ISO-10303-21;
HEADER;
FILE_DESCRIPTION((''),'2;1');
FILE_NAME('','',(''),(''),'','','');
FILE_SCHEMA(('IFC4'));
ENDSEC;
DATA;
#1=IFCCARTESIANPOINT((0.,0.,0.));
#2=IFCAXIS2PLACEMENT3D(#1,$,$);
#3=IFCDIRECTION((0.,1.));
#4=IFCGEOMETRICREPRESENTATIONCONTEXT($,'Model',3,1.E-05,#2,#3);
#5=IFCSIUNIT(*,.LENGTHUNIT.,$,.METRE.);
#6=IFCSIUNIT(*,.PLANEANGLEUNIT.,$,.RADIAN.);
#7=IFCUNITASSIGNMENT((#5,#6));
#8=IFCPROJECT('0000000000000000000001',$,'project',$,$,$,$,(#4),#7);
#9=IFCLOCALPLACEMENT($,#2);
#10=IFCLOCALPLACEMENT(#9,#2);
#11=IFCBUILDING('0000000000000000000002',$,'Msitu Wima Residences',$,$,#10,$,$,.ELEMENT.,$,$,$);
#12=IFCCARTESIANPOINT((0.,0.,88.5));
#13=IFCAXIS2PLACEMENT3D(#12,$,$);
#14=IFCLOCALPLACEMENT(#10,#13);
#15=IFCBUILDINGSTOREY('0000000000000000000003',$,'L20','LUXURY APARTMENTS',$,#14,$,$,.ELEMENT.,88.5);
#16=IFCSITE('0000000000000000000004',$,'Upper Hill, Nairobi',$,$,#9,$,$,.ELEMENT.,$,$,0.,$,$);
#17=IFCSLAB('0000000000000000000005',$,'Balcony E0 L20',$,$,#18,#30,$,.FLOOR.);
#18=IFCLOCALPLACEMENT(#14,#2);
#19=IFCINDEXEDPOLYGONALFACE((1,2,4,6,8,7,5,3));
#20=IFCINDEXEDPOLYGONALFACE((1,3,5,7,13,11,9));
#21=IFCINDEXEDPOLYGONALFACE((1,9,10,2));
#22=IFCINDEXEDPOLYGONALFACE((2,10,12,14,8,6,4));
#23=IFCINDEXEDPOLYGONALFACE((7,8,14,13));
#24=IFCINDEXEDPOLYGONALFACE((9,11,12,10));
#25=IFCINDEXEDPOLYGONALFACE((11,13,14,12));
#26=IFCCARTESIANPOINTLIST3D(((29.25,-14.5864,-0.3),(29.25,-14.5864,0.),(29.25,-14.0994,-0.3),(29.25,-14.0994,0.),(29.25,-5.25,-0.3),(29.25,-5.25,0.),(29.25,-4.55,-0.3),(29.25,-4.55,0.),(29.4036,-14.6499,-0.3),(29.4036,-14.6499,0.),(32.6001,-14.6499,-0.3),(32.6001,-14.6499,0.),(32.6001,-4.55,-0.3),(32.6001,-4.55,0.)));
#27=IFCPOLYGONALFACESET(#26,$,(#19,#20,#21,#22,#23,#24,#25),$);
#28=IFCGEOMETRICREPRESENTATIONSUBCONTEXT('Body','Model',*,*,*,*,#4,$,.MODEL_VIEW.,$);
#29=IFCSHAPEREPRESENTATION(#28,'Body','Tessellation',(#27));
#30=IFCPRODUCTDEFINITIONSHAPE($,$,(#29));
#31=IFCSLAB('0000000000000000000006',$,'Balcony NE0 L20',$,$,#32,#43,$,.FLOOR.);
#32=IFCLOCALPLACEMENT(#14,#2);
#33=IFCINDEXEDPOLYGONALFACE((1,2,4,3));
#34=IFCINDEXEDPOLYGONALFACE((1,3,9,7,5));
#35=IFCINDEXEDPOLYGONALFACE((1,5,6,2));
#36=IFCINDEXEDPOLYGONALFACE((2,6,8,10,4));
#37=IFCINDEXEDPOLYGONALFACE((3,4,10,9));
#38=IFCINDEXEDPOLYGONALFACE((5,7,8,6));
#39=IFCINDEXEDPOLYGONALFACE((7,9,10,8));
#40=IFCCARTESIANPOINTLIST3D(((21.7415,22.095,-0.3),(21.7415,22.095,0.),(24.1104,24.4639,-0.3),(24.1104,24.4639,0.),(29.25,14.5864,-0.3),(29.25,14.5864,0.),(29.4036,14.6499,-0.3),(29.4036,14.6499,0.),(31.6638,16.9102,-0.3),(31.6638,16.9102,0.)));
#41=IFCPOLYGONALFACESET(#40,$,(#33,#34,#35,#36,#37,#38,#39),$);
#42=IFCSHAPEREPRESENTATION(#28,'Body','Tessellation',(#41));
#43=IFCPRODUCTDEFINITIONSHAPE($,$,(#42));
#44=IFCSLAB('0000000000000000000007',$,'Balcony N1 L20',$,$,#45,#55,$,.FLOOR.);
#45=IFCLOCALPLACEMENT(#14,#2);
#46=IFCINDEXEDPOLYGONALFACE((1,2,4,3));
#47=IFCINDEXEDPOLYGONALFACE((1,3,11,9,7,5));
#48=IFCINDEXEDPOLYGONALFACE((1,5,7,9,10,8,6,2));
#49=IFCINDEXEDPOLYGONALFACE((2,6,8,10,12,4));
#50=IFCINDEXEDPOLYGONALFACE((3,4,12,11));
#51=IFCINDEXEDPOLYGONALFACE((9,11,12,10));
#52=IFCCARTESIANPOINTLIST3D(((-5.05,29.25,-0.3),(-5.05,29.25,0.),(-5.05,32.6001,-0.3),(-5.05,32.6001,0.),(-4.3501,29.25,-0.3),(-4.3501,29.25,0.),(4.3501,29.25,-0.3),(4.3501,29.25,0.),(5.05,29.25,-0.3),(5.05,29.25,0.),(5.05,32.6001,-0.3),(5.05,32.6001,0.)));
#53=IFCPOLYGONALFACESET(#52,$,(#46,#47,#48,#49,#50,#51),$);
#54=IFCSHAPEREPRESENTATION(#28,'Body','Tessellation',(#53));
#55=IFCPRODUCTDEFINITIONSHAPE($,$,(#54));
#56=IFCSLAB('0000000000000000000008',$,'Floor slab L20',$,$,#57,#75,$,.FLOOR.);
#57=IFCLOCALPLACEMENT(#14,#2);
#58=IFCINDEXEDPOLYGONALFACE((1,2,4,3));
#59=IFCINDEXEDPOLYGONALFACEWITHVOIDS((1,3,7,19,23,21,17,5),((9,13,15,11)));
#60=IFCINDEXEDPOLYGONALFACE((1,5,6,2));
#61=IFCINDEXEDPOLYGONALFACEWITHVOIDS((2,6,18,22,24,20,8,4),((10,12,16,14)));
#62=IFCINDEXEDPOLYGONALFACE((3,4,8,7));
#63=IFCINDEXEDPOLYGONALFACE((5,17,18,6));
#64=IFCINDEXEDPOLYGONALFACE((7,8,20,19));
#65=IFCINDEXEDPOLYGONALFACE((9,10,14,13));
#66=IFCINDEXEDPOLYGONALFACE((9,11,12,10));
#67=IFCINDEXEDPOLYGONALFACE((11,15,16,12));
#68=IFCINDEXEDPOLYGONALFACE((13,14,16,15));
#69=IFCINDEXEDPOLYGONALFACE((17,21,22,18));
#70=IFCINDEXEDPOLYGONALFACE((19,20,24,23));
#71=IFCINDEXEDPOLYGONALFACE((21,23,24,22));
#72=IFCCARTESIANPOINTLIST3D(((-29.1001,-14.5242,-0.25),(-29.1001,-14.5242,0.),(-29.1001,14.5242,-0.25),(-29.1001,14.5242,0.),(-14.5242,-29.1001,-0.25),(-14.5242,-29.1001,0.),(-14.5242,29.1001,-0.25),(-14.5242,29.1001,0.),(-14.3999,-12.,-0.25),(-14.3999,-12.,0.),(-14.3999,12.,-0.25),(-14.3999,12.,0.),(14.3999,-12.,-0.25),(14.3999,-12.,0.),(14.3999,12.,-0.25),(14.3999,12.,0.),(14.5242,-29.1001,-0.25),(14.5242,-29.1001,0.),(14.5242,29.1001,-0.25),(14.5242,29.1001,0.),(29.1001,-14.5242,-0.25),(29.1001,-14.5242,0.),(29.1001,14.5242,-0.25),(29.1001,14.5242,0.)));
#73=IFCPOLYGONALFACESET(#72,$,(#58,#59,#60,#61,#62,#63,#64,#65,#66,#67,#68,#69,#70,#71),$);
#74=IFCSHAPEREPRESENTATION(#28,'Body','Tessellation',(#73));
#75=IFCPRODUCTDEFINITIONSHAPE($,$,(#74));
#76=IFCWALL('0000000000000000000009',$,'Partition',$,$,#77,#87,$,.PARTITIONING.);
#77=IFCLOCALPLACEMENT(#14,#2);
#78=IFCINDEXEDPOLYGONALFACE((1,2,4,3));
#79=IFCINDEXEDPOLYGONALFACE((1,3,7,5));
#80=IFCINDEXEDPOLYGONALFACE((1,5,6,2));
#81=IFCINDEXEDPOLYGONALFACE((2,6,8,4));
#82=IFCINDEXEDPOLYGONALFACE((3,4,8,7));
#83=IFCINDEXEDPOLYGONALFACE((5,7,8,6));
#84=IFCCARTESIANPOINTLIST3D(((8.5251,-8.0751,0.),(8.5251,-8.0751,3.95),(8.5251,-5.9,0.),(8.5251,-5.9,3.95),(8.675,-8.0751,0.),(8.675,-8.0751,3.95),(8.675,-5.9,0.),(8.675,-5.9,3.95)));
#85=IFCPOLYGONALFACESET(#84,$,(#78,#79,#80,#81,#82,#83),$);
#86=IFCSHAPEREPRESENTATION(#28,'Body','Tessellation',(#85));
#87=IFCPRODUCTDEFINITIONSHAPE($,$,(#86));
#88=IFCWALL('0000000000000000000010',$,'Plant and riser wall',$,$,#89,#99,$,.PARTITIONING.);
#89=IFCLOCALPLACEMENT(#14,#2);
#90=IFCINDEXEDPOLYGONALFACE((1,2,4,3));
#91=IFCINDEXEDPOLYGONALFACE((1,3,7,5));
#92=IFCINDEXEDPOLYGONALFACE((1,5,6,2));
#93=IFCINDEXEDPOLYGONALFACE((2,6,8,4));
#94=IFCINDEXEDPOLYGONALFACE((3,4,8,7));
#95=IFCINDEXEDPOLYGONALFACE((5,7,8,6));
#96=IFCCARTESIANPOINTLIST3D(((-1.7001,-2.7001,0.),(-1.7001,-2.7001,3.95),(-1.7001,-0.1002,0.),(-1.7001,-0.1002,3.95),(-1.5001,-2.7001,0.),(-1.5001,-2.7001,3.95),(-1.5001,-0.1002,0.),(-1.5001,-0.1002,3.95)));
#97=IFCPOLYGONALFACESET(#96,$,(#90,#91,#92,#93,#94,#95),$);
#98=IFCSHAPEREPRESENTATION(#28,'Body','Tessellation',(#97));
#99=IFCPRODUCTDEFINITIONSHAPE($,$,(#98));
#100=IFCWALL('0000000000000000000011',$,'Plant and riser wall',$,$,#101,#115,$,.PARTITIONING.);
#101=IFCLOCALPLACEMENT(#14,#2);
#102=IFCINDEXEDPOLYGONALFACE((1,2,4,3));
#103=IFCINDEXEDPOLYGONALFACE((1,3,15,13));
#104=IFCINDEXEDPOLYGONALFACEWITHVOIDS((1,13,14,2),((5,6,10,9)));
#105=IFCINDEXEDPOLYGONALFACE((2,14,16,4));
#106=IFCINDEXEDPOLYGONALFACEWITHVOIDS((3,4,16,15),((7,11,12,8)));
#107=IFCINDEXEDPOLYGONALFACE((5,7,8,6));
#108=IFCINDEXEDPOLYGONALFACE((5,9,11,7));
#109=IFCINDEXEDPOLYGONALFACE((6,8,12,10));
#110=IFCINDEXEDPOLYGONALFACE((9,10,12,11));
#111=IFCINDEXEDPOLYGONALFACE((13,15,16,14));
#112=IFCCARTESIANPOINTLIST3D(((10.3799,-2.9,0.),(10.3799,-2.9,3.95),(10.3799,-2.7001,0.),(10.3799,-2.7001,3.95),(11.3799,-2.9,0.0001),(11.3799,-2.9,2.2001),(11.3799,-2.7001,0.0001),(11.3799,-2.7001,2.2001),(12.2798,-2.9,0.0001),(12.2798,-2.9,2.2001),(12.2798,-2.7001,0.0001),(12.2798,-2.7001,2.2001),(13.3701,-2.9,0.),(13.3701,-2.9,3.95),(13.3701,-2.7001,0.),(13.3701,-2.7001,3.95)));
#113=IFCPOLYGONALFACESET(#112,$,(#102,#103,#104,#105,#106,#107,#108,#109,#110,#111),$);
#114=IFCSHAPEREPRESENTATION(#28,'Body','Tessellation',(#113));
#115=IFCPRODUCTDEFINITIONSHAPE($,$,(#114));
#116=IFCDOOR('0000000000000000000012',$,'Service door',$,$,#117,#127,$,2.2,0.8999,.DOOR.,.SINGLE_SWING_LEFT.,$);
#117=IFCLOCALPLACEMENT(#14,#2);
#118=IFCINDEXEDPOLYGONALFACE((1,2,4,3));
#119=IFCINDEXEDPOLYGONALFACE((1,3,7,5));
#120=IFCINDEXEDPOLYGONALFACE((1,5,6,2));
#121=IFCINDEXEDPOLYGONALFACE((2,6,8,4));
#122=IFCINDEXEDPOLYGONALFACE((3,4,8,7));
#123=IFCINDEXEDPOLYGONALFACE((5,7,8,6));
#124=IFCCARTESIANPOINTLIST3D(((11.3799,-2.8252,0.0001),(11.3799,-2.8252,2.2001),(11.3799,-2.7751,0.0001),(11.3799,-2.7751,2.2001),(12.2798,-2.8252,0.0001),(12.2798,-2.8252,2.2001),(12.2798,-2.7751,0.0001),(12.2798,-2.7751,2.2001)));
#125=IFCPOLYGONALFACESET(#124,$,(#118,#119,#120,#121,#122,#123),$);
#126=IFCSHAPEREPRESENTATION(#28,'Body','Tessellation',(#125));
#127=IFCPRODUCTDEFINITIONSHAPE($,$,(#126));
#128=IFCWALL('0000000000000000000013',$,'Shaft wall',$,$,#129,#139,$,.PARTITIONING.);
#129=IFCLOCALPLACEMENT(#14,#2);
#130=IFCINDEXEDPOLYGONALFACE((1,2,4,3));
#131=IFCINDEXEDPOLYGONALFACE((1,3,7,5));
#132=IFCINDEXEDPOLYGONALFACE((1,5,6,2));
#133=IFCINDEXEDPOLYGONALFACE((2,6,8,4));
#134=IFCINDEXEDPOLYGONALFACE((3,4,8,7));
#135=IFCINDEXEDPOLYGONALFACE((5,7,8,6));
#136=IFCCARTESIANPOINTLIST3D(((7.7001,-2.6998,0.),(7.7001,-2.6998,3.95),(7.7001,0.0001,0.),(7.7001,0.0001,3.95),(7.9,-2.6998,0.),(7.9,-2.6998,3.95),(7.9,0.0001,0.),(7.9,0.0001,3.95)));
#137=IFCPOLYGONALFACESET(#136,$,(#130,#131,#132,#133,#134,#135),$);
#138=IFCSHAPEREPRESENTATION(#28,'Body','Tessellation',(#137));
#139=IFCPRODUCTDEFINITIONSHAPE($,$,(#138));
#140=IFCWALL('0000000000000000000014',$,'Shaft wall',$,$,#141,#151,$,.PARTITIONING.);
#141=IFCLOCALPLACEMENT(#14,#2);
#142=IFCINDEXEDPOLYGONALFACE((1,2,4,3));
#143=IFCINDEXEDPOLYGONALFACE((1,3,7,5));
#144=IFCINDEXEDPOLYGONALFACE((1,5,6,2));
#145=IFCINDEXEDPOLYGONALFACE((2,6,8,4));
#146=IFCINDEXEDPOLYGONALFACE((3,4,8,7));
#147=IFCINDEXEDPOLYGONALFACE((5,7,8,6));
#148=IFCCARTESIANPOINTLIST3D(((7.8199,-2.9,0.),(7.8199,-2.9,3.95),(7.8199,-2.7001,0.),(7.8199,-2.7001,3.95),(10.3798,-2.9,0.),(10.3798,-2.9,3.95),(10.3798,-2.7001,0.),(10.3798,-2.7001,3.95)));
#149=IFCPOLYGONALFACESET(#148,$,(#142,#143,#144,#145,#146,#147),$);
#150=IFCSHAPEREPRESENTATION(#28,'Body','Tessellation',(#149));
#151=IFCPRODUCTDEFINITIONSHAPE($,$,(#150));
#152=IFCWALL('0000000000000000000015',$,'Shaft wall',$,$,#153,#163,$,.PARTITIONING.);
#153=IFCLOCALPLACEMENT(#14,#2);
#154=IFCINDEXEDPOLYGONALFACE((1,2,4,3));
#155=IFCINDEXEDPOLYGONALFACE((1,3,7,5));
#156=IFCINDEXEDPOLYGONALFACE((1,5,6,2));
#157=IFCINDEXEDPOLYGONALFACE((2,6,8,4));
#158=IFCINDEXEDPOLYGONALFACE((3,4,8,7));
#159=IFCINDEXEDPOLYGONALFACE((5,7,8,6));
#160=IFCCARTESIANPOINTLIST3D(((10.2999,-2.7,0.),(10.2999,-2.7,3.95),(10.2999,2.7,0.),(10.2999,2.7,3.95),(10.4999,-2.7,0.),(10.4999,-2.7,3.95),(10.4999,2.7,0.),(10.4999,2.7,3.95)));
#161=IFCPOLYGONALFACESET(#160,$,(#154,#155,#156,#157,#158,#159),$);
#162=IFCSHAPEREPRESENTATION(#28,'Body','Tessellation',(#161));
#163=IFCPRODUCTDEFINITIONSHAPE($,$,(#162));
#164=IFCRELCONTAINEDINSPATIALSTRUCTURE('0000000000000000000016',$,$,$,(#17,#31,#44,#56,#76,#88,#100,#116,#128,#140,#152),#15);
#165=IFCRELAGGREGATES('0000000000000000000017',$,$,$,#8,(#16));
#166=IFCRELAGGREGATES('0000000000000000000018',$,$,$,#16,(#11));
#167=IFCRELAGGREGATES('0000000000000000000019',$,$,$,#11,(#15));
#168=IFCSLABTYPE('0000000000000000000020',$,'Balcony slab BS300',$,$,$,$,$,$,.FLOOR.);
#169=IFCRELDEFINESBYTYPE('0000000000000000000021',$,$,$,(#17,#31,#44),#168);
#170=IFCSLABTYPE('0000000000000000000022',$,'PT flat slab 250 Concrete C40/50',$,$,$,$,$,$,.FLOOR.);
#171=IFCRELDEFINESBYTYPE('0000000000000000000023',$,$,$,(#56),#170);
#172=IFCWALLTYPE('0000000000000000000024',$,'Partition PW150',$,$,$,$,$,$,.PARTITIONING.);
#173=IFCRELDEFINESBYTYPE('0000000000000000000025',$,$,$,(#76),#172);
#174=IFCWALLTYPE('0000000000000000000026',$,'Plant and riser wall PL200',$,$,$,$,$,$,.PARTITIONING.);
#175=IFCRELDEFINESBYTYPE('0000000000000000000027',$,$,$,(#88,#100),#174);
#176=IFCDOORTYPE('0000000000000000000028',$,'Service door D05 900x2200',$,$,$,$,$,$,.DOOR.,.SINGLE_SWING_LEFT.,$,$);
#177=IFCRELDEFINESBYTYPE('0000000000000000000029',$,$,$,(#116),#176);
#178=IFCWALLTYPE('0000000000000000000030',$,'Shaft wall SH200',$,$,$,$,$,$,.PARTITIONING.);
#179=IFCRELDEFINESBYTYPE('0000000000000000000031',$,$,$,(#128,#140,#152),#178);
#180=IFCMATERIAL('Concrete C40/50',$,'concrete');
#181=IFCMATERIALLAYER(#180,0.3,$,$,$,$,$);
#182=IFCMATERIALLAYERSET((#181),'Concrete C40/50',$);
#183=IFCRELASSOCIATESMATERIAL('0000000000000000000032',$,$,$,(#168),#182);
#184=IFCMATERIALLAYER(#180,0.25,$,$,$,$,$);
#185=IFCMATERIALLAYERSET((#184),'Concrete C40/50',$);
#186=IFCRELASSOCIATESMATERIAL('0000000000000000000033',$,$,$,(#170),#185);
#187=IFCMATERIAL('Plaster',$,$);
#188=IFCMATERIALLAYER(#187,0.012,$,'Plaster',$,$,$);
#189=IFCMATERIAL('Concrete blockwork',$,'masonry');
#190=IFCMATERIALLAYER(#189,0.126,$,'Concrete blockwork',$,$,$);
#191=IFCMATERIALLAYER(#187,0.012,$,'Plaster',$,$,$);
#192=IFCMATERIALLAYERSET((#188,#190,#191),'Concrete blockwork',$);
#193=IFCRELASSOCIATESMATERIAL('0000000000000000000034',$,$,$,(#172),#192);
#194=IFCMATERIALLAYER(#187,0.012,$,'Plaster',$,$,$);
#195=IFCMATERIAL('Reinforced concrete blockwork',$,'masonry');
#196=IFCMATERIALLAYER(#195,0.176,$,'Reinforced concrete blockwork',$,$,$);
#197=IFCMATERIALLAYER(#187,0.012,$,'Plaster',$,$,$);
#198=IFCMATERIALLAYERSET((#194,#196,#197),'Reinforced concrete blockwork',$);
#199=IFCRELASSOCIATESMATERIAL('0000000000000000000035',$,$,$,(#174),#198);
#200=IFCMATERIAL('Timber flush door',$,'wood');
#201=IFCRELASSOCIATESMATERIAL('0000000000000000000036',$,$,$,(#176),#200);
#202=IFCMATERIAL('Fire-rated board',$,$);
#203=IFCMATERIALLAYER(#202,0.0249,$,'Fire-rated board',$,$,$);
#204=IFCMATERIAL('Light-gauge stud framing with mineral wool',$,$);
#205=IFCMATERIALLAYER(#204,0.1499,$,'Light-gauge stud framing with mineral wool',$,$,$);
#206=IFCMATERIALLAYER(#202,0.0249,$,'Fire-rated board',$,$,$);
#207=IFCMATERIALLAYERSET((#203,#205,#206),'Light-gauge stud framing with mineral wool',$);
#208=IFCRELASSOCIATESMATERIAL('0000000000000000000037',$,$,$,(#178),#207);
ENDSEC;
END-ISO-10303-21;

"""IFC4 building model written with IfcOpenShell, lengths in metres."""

from ifc_helpers import new_model, si_unit, direction, frame, frame_2d, origin, place, context, subcontext, project, spatial, polyline, rectangle, outline, extrude, material, layer, layer_set, type_object, element, fill, save


model = new_model("IFC4")

# Units and contexts
model_context = context("Model", 3, precision=1e-05, world=origin(), true_north=direction((0.0, 1.0)))
body_context = subcontext(model_context, "Body", "Model", "MODEL_VIEW")
ifc_project = project(units=[si_unit("LENGTHUNIT", "METRE"), si_unit("PLANEANGLEUNIT", "RADIAN")], contexts=[model_context])

# Site, building, storey
site_placement = place(None, origin())
site = spatial("IfcSite", under=ifc_project, at=site_placement, Name="Upper Hill, Nairobi", CompositionType="ELEMENT", RefElevation=0.0)
building_placement = place(site_placement, origin())
building = spatial("IfcBuilding", under=site, at=building_placement, Name="Msitu Wima Residences", CompositionType="ELEMENT")
storey_placement = place(building_placement, frame((0.0, 0.0, 88.5)))
storey = spatial("IfcBuildingStorey", under=building, at=storey_placement, Name="L20", Description="LUXURY APARTMENTS", CompositionType="ELEMENT", Elevation=88.5)

# Slabs
ifc_material_1 = material(Name="Concrete C40/50", Category="concrete")
ifc_layer_1 = layer(ifc_material_1, 0.3)
ifc_layer_set_1 = layer_set([ifc_layer_1], Name="Concrete C40/50")
slab_type_1 = type_object("IfcSlabType", Name="Balcony slab BS300", PredefinedType="FLOOR", material=ifc_layer_set_1)
slab_1_placement = place(storey_placement, frame((0.0, 0.0, -0.3)))
element("IfcSlab", 1, at=slab_1_placement, inside=storey, type_object=slab_type_1, Name="Balcony E0 L20", PredefinedType="FLOOR", context=body_context, shape_type="SweptSolid", body=[
    extrude(outline(polyline([(29.25, -14.0994), (29.25, -14.0994), (29.25, -5.25), (29.25, -4.55), (32.6001, -4.55), (32.6001, -14.6499), (29.4036, -14.6499), (29.25, -14.5864), (29.25, -14.0994), (29.25, -14.0994)])), origin(), (0.0, 0.0, 1.0), 0.3),
])
slab_2_placement = place(storey_placement, frame((0.0, 0.0, -0.3)))
element("IfcSlab", 2, at=slab_2_placement, inside=storey, type_object=slab_type_1, Name="Balcony NE0 L20", PredefinedType="FLOOR", context=body_context, shape_type="SweptSolid", body=[
    extrude(outline(polyline([(24.1104, 24.4639), (31.6638, 16.9102), (29.4036, 14.6499), (29.25, 14.5864), (21.7415, 22.095), (24.1104, 24.4639)])), origin(), (0.0, 0.0, 1.0), 0.3),
])
slab_3_placement = place(storey_placement, frame((0.0, 0.0, -0.3)))
element("IfcSlab", 3, at=slab_3_placement, inside=storey, type_object=slab_type_1, Name="Balcony N1 L20", PredefinedType="FLOOR", context=body_context, shape_type="SweptSolid", body=[
    extrude(outline(polyline([(4.3501, 29.25), (-4.3501, 29.25), (-5.05, 29.25), (-5.05, 32.6001), (5.05, 32.6001), (5.05, 29.25), (4.3501, 29.25)])), origin(), (0.0, 0.0, 1.0), 0.3),
])
ifc_layer_2 = layer(ifc_material_1, 0.25)
ifc_layer_set_2 = layer_set([ifc_layer_2], Name="Concrete C40/50")
slab_type_2 = type_object("IfcSlabType", Name="PT flat slab 250 Concrete C40/50", PredefinedType="FLOOR", material=ifc_layer_set_2)
slab_4_placement = place(storey_placement, frame((0.0, 0.0, -0.25)))
element("IfcSlab", 4, at=slab_4_placement, inside=storey, type_object=slab_type_2, Name="Floor slab L20", PredefinedType="FLOOR", context=body_context, shape_type="SweptSolid", body=[
    extrude(outline(polyline([(29.1001, -14.5242), (14.5242, -29.1001), (-14.5242, -29.1001), (-29.1001, -14.5242), (-29.1001, 14.5242), (-14.5242, 29.1001), (14.5242, 29.1001), (29.1001, 14.5242), (29.1001, -14.5242)]), holes=[polyline([(-14.3999, -12.0), (14.3999, -12.0), (14.3999, 12.0), (-14.3999, 12.0), (-14.3999, -12.0)])]), origin(), (0.0, 0.0, 1.0), 0.25),
])

# Walls
ifc_material_2 = material(Name="Plaster")
ifc_layer_3 = layer(ifc_material_2, 0.012, Name="Plaster")
ifc_material_3 = material(Name="Concrete blockwork", Category="masonry")
ifc_layer_4 = layer(ifc_material_3, 0.126, Name="Concrete blockwork")
ifc_layer_5 = layer(ifc_material_2, 0.012, Name="Plaster")
ifc_layer_set_3 = layer_set([ifc_layer_3, ifc_layer_4, ifc_layer_5], Name="Concrete blockwork")
wall_type_1 = type_object("IfcWallType", Name="Partition PW150", PredefinedType="PARTITIONING", material=ifc_layer_set_3)
wall_1_placement = place(storey_placement, frame((8.6001, -8.075, 0.0), z_axis=(0.0, 0.0, 1.0), x_axis=(0.0, 1.0, 0.0)))
element("IfcWall", 5, at=wall_1_placement, inside=storey, type_object=wall_type_1, Name="Partition", PredefinedType="PARTITIONING", context=body_context, shape_type="SweptSolid", body=[
    extrude(rectangle(XDim=2.175, YDim=0.1499, at=frame_2d((1.0874, 0.0))), origin(), (0.0, 0.0, 1.0), 3.95),
])
ifc_layer_6 = layer(ifc_material_2, 0.012, Name="Plaster")
ifc_material_4 = material(Name="Reinforced concrete blockwork", Category="masonry")
ifc_layer_7 = layer(ifc_material_4, 0.176, Name="Reinforced concrete blockwork")
ifc_layer_8 = layer(ifc_material_2, 0.012, Name="Plaster")
ifc_layer_set_4 = layer_set([ifc_layer_6, ifc_layer_7, ifc_layer_8], Name="Reinforced concrete blockwork")
wall_type_2 = type_object("IfcWallType", Name="Plant and riser wall PL200", PredefinedType="PARTITIONING", material=ifc_layer_set_4)
wall_2_placement = place(storey_placement, frame((-1.6001, -2.7, 0.0), z_axis=(0.0, 0.0, 1.0), x_axis=(0.0, 1.0, 0.0)))
element("IfcWall", 6, at=wall_2_placement, inside=storey, type_object=wall_type_2, Name="Plant and riser wall", PredefinedType="PARTITIONING", context=body_context, shape_type="SweptSolid", body=[
    extrude(rectangle(XDim=2.5999, YDim=0.2, at=frame_2d((1.2998, 0.0))), origin(), (0.0, 0.0, 1.0), 3.95),
])

# Wall, opening, door
wall_3_placement = place(storey_placement, frame((10.3799, -2.8, 0.0), z_axis=(0.0, 0.0, 1.0), x_axis=(1.0, 0.0, 0.0)))
wall_3 = element("IfcWall", 7, at=wall_3_placement, inside=storey, type_object=wall_type_2, Name="Plant and riser wall", PredefinedType="PARTITIONING", context=body_context, shape_type="SweptSolid", body=[
    extrude(rectangle(XDim=2.9902, YDim=0.2, at=frame_2d((1.4951, 0.0))), origin(), (0.0, 0.0, 1.0), 3.95),
])
opening_1_placement = place(wall_3_placement, frame((1.0, 0.0, 0.0)))
opening_1 = element("IfcOpeningElement", 8, at=opening_1_placement, cuts=wall_3, PredefinedType="OPENING", context=body_context, shape_type="SweptSolid", body=[
    extrude(rectangle(XDim=0.8999, YDim=2.2, at=frame_2d((0.45, 1.1001))), frame((0.0, 0.1099, 0.0), z_axis=(0.0, -1.0, 0.0), x_axis=(1.0, 0.0, 0.0)), (0.0, 0.0, 1.0), 0.22),
])
ifc_material_5 = material(Name="Timber flush door", Category="wood")
door_type_1 = type_object("IfcDoorType", Name="Service door D05 900x2200", OperationType="SINGLE_SWING_LEFT", PredefinedType="DOOR", material=ifc_material_5)
door_1_placement = place(opening_1_placement, origin())
door_1 = element("IfcDoor", 9, at=door_1_placement, inside=storey, type_object=door_type_1, Name="Service door", OperationType="SINGLE_SWING_LEFT", OverallHeight=2.2, OverallWidth=0.8999, PredefinedType="DOOR", context=body_context, shape_type="SweptSolid", body=[
    extrude(rectangle(XDim=0.8999, YDim=2.2, at=frame_2d((0.45, 1.1001))), frame((0.0, 0.0249, 0.0), z_axis=(0.0, -1.0, 0.0), x_axis=(1.0, 0.0, 0.0)), (0.0, 0.0, 1.0), 0.05),
])
fill(opening_1, door_1)

# Walls
ifc_material_6 = material(Name="Fire-rated board")
ifc_layer_9 = layer(ifc_material_6, 0.0249, Name="Fire-rated board")
ifc_material_7 = material(Name="Light-gauge stud framing with mineral wool")
ifc_layer_10 = layer(ifc_material_7, 0.1499, Name="Light-gauge stud framing with mineral wool")
ifc_layer_11 = layer(ifc_material_6, 0.0249, Name="Fire-rated board")
ifc_layer_set_5 = layer_set([ifc_layer_9, ifc_layer_10, ifc_layer_11], Name="Light-gauge stud framing with mineral wool")
wall_type_3 = type_object("IfcWallType", Name="Shaft wall SH200", PredefinedType="PARTITIONING", material=ifc_layer_set_5)
wall_4_placement = place(storey_placement, frame((7.8, -2.7, 0.0), z_axis=(0.0, 0.0, 1.0), x_axis=(0.0, 1.0, 0.0)))
element("IfcWall", 10, at=wall_4_placement, inside=storey, type_object=wall_type_3, Name="Shaft wall", PredefinedType="PARTITIONING", context=body_context, shape_type="SweptSolid", body=[
    extrude(rectangle(XDim=2.7, YDim=0.2, at=frame_2d((1.3501, 0.0))), origin(), (0.0, 0.0, 1.0), 3.95),
])
wall_5_placement = place(storey_placement, frame((7.8201, -2.8, 0.0), z_axis=(0.0, 0.0, 1.0), x_axis=(1.0, 0.0, 0.0)))
element("IfcWall", 11, at=wall_5_placement, inside=storey, type_object=wall_type_3, Name="Shaft wall", PredefinedType="PARTITIONING", context=body_context, shape_type="SweptSolid", body=[
    extrude(rectangle(XDim=2.5598, YDim=0.2, at=frame_2d((1.2798, 0.0))), origin(), (0.0, 0.0, 1.0), 3.95),
])
wall_6_placement = place(storey_placement, frame((10.3999, -2.7, 0.0), z_axis=(0.0, 0.0, 1.0), x_axis=(0.0, 1.0, 0.0)))
element("IfcWall", 12, at=wall_6_placement, inside=storey, type_object=wall_type_3, Name="Shaft wall", PredefinedType="PARTITIONING", context=body_context, shape_type="SweptSolid", body=[
    extrude(rectangle(XDim=5.3999, YDim=0.2, at=frame_2d((2.7, 0.0))), origin(), (0.0, 0.0, 1.0), 3.95),
])

save(model, "model.ifc")
